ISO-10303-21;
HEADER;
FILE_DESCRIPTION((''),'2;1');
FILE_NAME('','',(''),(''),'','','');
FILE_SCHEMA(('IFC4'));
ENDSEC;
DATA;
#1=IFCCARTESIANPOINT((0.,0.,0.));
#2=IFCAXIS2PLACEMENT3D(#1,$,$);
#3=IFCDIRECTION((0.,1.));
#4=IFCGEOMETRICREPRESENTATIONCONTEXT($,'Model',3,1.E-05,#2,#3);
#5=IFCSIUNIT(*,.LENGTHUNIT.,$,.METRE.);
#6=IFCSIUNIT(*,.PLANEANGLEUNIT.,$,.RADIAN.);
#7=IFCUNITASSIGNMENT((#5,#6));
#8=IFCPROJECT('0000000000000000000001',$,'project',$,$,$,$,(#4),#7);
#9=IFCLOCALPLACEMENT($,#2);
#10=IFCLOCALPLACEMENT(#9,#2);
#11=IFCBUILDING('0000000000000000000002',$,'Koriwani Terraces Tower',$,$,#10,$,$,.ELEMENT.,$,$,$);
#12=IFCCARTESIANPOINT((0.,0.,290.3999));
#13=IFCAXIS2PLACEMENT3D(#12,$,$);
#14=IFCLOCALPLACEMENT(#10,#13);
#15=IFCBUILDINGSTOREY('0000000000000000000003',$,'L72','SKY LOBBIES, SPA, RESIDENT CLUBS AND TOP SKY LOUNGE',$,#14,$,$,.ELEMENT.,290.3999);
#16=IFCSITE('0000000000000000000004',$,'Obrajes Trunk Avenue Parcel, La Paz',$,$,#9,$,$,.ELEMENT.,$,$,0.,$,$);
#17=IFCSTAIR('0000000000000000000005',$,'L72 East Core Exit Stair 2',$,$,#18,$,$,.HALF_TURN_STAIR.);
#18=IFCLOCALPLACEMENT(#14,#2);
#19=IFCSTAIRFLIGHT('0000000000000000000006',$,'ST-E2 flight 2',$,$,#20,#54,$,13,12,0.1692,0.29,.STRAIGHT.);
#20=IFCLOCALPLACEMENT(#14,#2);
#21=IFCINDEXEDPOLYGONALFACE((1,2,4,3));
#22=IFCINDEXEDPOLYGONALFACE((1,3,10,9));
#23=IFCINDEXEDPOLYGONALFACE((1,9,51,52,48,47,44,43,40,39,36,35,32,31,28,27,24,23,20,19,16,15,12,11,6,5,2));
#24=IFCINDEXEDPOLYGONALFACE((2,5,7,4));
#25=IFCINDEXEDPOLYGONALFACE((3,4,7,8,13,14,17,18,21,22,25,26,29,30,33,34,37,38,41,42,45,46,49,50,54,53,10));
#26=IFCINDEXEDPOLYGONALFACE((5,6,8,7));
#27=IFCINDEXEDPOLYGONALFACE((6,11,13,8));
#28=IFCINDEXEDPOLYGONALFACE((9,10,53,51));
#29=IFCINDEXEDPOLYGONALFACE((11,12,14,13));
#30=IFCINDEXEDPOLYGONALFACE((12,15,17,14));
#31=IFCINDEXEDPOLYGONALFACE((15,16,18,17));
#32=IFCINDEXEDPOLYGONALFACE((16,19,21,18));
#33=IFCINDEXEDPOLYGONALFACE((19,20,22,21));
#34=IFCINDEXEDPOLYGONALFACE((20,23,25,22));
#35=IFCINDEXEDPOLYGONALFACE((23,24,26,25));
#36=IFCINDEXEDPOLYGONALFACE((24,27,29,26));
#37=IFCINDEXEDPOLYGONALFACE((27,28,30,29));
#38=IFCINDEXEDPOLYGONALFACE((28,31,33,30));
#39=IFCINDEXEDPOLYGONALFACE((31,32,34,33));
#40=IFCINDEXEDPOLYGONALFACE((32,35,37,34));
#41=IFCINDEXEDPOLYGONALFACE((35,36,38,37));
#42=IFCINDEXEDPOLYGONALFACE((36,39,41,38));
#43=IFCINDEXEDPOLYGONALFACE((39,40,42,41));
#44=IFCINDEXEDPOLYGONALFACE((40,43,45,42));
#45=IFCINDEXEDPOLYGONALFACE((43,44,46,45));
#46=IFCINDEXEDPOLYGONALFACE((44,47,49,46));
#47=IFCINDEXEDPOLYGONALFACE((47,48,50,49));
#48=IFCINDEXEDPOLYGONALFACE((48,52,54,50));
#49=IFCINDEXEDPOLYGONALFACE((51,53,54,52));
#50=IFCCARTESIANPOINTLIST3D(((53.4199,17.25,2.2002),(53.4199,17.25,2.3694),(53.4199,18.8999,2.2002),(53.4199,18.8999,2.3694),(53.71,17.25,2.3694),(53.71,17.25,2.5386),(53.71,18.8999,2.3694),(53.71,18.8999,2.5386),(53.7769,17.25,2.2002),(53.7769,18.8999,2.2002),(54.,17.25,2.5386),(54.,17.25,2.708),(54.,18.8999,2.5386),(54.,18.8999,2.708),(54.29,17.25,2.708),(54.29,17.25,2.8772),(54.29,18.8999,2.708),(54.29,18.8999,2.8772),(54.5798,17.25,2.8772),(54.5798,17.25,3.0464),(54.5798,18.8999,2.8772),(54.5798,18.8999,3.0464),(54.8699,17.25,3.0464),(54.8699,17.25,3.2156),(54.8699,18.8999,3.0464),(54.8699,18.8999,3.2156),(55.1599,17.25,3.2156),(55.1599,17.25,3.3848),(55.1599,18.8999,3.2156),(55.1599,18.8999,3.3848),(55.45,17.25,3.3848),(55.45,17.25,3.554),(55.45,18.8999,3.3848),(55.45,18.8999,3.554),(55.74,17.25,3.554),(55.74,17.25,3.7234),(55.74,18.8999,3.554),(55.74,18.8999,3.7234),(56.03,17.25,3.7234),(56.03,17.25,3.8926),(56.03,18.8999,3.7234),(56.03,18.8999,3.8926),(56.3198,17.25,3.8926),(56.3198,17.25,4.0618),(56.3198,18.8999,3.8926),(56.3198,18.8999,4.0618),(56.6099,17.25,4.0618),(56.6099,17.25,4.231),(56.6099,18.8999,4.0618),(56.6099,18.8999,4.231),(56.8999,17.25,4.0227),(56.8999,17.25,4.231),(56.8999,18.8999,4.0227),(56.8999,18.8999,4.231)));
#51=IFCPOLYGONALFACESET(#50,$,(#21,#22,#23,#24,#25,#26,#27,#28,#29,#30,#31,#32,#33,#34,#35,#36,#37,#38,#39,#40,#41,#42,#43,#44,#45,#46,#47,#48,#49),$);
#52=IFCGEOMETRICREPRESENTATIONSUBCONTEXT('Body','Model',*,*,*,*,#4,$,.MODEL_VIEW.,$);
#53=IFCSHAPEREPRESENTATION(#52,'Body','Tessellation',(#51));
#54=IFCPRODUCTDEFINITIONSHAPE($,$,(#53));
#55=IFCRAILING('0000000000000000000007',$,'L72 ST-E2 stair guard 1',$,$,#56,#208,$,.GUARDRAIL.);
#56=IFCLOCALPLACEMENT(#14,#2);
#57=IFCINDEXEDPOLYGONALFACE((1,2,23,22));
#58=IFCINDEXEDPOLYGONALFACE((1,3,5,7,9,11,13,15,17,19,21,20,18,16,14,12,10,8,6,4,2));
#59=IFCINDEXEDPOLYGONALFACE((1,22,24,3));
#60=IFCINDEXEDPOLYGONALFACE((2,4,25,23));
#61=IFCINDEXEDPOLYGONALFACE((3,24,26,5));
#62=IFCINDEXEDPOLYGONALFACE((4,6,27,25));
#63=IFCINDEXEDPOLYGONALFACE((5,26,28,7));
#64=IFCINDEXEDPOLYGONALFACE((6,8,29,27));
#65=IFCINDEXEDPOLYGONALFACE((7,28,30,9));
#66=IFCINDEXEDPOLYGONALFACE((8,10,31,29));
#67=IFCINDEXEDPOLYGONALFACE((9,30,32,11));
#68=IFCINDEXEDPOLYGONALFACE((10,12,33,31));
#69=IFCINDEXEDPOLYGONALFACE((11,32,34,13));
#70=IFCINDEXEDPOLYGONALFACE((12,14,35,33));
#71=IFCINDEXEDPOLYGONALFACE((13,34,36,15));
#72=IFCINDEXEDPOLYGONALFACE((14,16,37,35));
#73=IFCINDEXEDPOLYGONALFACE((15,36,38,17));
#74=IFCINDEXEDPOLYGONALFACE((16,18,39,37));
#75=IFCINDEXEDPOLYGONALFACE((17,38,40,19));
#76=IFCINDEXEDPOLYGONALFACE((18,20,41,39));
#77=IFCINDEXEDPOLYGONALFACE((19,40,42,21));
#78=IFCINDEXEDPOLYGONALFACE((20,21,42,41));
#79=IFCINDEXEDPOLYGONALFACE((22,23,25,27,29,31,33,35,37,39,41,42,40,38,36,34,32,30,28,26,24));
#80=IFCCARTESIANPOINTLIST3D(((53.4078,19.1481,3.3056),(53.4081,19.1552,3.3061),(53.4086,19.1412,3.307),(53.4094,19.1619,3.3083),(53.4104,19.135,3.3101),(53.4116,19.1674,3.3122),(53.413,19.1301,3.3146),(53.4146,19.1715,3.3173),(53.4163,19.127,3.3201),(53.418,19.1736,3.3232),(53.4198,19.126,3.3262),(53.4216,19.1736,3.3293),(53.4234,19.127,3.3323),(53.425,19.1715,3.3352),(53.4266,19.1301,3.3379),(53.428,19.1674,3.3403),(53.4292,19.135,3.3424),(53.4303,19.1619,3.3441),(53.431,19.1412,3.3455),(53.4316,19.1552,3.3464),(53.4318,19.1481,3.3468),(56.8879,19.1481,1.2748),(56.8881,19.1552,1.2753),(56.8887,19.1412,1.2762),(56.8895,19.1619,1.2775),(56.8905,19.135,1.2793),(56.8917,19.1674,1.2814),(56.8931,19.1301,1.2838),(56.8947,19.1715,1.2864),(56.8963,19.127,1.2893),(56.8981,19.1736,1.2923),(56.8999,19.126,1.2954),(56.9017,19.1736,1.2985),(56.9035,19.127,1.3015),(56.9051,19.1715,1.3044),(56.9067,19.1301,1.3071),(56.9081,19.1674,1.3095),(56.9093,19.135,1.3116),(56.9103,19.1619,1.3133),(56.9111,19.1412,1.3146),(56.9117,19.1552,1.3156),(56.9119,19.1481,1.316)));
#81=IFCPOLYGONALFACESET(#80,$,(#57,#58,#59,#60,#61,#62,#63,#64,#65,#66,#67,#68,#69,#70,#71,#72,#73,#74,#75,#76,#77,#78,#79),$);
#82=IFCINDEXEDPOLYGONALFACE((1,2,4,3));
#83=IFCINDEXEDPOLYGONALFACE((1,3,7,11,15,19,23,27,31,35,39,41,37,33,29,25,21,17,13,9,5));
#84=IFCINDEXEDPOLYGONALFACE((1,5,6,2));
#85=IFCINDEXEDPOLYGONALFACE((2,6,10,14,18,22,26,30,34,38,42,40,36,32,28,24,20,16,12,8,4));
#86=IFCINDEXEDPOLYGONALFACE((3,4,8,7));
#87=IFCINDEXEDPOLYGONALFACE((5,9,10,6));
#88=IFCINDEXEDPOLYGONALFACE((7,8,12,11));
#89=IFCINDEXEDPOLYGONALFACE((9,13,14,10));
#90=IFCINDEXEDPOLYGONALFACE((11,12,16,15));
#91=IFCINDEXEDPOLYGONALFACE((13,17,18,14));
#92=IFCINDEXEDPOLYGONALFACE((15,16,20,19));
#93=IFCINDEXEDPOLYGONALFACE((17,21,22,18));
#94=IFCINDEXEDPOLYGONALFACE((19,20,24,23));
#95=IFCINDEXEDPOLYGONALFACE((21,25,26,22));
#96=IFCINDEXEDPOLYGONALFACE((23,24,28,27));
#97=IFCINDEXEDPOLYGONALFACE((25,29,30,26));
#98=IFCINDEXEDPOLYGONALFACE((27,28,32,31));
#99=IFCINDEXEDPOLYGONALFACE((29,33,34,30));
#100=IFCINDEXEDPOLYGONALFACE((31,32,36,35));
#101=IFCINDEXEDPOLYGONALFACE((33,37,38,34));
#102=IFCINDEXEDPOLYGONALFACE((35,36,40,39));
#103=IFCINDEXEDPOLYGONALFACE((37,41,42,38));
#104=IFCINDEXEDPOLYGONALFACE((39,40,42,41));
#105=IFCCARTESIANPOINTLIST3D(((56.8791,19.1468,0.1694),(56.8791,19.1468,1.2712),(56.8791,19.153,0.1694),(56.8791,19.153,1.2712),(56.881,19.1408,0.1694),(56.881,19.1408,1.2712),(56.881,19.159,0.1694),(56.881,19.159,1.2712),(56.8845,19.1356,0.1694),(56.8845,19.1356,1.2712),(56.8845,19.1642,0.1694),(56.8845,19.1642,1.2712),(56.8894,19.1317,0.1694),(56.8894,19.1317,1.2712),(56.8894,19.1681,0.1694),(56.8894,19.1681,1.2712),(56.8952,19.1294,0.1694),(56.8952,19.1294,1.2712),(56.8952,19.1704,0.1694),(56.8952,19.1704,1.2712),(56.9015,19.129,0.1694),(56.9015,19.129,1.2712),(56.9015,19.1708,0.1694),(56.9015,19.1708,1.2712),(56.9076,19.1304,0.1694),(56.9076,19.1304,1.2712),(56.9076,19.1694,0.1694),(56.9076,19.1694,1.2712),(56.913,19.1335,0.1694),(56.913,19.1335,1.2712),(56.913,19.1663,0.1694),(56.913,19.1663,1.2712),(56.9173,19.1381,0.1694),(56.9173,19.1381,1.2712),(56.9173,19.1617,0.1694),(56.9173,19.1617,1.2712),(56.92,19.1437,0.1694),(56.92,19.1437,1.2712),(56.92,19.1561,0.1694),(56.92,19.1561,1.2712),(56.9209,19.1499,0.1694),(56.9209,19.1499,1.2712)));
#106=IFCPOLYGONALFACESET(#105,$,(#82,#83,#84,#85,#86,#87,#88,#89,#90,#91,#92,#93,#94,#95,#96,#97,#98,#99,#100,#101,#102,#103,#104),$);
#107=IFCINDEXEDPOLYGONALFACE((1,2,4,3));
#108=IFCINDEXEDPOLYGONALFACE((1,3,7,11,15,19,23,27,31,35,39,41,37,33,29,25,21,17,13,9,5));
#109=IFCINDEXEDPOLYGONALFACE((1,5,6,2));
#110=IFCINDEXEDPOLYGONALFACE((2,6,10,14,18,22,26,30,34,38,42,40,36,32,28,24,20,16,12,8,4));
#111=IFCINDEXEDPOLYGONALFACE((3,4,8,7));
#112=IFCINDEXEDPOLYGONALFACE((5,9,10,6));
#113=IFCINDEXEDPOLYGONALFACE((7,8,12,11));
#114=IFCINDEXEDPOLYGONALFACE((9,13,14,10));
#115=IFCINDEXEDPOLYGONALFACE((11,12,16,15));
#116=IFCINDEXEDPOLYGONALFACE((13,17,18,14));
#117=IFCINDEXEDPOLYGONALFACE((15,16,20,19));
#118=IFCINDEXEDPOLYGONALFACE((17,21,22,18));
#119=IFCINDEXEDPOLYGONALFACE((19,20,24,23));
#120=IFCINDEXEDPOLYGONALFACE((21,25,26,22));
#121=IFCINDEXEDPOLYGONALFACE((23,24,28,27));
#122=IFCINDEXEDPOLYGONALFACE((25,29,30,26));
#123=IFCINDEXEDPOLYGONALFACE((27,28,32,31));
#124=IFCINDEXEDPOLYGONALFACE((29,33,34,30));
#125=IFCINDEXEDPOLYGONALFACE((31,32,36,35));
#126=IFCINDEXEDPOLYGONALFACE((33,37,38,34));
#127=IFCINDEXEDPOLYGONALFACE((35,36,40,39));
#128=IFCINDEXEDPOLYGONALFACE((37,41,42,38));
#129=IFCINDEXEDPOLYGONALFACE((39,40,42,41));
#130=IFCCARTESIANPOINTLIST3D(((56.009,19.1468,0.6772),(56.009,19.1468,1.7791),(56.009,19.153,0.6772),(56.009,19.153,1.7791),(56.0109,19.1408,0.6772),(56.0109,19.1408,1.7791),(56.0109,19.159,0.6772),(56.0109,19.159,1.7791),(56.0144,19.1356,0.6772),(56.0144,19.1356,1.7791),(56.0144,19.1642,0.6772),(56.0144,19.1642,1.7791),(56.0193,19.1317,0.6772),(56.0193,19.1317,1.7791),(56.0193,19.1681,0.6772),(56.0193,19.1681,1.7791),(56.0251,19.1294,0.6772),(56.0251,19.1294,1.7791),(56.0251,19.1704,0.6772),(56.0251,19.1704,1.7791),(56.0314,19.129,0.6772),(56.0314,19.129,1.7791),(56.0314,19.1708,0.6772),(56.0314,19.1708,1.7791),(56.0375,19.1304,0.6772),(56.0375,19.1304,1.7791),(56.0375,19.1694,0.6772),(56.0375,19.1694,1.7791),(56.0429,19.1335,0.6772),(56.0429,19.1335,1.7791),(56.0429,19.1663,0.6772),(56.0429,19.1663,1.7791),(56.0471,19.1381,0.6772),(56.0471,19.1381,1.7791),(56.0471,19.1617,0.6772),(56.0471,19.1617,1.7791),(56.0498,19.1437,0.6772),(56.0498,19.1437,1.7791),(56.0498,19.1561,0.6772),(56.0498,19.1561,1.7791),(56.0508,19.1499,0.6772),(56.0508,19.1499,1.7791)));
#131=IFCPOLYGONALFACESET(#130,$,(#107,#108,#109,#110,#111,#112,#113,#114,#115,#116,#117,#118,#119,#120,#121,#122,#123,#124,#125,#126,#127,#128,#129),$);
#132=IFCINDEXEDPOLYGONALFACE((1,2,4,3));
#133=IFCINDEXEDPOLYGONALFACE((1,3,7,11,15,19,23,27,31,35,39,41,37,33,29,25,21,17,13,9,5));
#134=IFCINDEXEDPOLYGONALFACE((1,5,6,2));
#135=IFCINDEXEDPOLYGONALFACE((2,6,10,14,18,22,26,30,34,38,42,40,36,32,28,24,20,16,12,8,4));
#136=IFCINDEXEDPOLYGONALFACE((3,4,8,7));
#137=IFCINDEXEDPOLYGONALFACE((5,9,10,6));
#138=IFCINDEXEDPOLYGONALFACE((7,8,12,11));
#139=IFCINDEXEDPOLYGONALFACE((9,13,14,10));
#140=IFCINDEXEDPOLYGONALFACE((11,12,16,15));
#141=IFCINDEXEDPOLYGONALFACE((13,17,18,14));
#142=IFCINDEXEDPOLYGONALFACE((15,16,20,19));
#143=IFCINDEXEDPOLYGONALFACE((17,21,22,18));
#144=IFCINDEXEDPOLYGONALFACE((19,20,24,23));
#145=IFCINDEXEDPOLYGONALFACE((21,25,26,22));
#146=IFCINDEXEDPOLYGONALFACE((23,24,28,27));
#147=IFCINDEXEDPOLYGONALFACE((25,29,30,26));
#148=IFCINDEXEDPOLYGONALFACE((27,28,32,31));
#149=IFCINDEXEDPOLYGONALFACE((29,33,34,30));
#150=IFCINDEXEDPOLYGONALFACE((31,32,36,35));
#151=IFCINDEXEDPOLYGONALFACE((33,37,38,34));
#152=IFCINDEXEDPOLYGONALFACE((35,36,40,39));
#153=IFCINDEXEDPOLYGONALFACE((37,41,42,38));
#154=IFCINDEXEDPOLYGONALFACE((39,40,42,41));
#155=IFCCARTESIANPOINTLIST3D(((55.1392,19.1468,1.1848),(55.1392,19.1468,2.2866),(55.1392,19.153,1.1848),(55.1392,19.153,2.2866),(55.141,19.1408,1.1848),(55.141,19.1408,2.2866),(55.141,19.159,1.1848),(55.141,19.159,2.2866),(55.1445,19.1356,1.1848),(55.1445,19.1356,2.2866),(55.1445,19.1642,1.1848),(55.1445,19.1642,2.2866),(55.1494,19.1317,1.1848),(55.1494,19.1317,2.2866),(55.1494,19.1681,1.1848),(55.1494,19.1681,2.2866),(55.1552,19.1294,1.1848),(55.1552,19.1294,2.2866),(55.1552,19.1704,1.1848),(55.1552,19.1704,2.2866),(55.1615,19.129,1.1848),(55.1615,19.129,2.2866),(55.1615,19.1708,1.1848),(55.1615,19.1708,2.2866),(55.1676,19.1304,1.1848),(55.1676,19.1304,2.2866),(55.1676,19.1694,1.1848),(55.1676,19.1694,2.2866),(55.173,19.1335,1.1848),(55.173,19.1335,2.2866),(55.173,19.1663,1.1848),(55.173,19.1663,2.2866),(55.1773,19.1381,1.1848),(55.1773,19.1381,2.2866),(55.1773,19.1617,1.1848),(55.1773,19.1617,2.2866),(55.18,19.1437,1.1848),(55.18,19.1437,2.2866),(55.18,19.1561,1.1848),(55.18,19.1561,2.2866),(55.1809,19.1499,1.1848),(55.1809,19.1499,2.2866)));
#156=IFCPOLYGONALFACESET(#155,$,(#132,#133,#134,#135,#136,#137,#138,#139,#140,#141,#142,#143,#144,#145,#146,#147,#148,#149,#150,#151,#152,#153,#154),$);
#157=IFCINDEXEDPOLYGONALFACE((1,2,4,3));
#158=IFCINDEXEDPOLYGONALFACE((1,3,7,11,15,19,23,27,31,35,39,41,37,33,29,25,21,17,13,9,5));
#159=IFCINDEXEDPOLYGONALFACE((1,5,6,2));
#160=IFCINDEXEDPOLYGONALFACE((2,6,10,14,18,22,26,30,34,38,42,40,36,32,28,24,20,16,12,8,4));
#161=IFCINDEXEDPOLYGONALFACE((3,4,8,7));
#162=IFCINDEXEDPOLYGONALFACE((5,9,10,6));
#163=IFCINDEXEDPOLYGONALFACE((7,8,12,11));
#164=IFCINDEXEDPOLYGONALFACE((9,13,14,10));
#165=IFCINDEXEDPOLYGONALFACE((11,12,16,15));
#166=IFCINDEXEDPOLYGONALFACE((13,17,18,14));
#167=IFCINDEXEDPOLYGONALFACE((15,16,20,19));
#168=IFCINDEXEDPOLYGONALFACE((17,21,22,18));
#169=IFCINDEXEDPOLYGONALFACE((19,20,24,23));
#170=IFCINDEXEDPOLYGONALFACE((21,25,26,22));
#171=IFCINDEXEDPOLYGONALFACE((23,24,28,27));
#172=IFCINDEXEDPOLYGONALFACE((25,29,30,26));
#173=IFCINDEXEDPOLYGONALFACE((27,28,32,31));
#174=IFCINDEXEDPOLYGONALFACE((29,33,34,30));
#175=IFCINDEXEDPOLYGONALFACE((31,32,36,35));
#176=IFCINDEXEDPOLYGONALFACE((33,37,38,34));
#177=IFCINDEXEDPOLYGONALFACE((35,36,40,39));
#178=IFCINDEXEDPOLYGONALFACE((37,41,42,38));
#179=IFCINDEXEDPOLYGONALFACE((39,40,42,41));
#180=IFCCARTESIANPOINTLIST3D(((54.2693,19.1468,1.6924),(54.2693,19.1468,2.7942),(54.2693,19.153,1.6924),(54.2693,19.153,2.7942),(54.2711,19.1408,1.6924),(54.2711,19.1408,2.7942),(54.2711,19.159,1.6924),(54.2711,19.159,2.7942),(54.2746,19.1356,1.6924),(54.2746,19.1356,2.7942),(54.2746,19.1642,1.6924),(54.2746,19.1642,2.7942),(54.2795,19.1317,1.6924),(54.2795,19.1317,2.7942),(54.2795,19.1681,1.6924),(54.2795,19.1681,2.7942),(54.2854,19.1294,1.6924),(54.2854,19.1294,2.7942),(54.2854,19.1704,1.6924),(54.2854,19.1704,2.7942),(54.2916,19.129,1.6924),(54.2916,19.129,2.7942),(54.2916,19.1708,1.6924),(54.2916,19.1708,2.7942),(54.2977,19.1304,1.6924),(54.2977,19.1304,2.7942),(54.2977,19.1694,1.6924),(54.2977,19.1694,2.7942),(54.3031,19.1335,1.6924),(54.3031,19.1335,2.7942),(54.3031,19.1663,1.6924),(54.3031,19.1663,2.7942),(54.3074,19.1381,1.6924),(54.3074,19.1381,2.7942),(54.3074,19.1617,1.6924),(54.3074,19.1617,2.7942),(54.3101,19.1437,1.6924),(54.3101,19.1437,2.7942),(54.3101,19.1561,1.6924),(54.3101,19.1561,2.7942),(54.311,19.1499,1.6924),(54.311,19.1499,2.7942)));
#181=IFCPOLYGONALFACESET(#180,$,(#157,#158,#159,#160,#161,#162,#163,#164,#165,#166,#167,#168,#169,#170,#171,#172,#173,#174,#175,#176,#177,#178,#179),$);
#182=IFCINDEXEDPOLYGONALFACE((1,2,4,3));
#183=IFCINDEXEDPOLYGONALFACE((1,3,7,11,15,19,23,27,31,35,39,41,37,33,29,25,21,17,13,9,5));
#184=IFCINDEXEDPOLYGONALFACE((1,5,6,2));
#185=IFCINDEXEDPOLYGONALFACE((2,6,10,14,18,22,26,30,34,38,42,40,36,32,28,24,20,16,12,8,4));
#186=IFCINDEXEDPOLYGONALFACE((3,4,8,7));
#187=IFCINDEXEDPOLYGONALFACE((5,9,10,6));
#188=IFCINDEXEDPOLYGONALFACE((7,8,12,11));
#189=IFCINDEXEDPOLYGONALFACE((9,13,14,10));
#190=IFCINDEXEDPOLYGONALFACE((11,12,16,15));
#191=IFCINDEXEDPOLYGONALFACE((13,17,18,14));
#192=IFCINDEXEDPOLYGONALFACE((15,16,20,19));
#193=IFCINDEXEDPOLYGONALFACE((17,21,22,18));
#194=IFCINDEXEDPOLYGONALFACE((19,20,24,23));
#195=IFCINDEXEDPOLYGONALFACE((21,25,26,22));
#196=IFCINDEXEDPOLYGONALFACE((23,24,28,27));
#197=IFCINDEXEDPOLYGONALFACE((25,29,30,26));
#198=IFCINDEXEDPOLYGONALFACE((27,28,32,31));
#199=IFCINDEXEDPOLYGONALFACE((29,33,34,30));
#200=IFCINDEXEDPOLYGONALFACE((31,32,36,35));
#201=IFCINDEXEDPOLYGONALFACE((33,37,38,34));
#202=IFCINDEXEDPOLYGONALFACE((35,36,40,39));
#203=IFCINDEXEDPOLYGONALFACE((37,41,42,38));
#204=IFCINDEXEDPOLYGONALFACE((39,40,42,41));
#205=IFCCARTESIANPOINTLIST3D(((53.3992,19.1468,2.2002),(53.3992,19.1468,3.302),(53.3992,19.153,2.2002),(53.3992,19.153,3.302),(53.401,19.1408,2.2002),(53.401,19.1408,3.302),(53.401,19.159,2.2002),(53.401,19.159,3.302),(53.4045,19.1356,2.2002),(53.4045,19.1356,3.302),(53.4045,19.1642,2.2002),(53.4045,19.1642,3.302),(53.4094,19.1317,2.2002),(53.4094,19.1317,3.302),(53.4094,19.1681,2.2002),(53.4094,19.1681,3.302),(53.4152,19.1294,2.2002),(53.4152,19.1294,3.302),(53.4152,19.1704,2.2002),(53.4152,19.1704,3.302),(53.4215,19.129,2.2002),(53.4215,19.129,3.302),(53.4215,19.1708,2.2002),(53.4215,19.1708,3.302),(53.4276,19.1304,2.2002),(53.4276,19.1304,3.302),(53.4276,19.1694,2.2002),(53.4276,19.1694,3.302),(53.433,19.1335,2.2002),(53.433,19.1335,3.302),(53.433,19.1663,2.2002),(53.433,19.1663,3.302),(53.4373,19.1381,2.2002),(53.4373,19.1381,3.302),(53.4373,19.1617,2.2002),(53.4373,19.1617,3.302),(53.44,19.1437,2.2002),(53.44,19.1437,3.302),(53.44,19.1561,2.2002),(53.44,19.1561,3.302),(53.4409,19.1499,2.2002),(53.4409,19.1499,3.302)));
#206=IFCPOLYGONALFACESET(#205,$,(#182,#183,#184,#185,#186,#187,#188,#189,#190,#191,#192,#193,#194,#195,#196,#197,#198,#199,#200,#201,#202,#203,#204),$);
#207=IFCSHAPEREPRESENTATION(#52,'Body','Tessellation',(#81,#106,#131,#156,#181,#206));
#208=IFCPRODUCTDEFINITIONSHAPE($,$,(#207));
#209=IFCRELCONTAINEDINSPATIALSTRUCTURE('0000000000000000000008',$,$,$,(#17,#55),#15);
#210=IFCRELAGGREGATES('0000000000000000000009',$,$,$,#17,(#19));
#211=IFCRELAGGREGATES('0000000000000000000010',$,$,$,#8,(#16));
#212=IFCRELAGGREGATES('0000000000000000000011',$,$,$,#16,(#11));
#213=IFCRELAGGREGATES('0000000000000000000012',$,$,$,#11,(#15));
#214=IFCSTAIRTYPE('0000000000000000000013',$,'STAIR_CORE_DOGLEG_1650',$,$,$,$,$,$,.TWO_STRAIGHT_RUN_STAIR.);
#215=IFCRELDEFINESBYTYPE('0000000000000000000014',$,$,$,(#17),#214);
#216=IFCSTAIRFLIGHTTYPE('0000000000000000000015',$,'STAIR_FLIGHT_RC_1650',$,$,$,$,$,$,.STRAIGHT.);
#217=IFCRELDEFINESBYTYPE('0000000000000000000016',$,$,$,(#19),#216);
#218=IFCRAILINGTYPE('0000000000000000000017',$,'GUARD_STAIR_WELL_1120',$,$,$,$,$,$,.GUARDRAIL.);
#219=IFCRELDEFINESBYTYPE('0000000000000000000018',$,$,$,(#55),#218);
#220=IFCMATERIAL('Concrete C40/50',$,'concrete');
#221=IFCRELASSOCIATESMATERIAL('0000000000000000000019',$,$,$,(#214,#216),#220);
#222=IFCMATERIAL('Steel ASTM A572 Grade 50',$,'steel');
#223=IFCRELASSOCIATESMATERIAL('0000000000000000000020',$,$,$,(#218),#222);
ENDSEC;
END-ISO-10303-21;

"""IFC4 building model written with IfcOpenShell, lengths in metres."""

from ifc_helpers import new_model, si_unit, direction, frame, origin, origin_2d, place, context, subcontext, project, spatial, polyline, circle, outline, extrude, material, type_object, element, aggregate, save


model = new_model("IFC4")

# Units and contexts
model_context = context("Model", 3, precision=1e-05, world=origin(), true_north=direction((0.0, 1.0)))
body_context = subcontext(model_context, "Body", "Model", "MODEL_VIEW")
ifc_project = project(units=[si_unit("LENGTHUNIT", "METRE"), si_unit("PLANEANGLEUNIT", "RADIAN")], contexts=[model_context])

# Site, building, storey
site_placement = place(None, origin())
site = spatial("IfcSite", under=ifc_project, at=site_placement, Name="Obrajes Trunk Avenue Parcel, La Paz", CompositionType="ELEMENT", RefElevation=0.0)
building_placement = place(site_placement, origin())
building = spatial("IfcBuilding", under=site, at=building_placement, Name="Koriwani Terraces Tower", CompositionType="ELEMENT")
storey_placement = place(building_placement, frame((0.0, 0.0, 290.3999)))
storey = spatial("IfcBuildingStorey", under=building, at=storey_placement, Name="L72", Description="SKY LOBBIES, SPA, RESIDENT CLUBS AND TOP SKY LOUNGE", CompositionType="ELEMENT", Elevation=290.3999)

# Shared definitions
ifc_material_1 = material(Name="Concrete C40/50", Category="concrete")
ifc_material_2 = material(Name="Steel ASTM A572 Grade 50", Category="steel")

# Stair, stair flight
stair_type = type_object("IfcStairType", Name="STAIR_CORE_DOGLEG_1650", PredefinedType="TWO_STRAIGHT_RUN_STAIR", material=ifc_material_1)
stair_placement = place(storey_placement, origin())
stair = element("IfcStair", 1, at=stair_placement, inside=storey, type_object=stair_type, Name="L72 East Core Exit Stair 2", PredefinedType="HALF_TURN_STAIR")
stair_flight_type = type_object("IfcStairFlightType", Name="STAIR_FLIGHT_RC_1650", PredefinedType="STRAIGHT", material=ifc_material_1)
stair_flight_placement = place(storey_placement, frame((53.4199, 18.075, 2.2002), z_axis=(0.0, 0.0, 1.0), x_axis=(1.0, 0.0, 0.0)))
stair_flight = element("IfcStairFlight", 2, at=stair_flight_placement, type_object=stair_flight_type, Name="ST-E2 flight 2", NumberOfRisers=13, NumberOfTreads=12, PredefinedType="STRAIGHT", RiserHeight=0.1692, TreadLength=0.29, context=body_context, shape_type="SweptSolid", body=[
    extrude(outline(polyline([(0.0, 0.0), (0.0, 0.1692), (0.29, 0.1692), (0.29, 0.3384), (0.5801, 0.3384), (0.5801, 0.5078), (0.8701, 0.5078), (0.8701, 0.677), (1.1599, 0.677), (1.1599, 0.8462), (1.45, 0.8462), (1.45, 1.0154), (1.74, 1.0154), (1.74, 1.1846), (2.03, 1.1846), (2.03, 1.3538), (2.3201, 1.3538), (2.3201, 1.5232), (2.6101, 1.5232), (2.6101, 1.6924), (2.8999, 1.6924), (2.8999, 1.8616), (3.1899, 1.8616), (3.1899, 2.0308), (3.48, 2.0308), (3.48, 2.2), (3.48, 1.8225), (0.3569, 0.0), (0.0, 0.0)])), frame((0.0, 0.825, 0.0), z_axis=(0.0, -1.0, 0.0), x_axis=(1.0, 0.0, 0.0)), (0.0, 0.0, 1.0), 1.6499),
])
aggregate(stair, [stair_flight])

# Railing
railing_type_1 = type_object("IfcRailingType", Name="GUARD_STAIR_WELL_1120", PredefinedType="GUARDRAIL", material=ifc_material_2)
railing_1_placement = place(storey_placement, frame((56.8999, 19.1499, 0.1694)))
element("IfcRailing", 3, at=railing_1_placement, inside=storey, type_object=railing_type_1, Name="L72 ST-E2 stair guard 1", PredefinedType="GUARDRAIL", context=body_context, shape_type="SweptSolid", body=[
    extrude(circle(Radius=0.0239, at=origin_2d()), frame((0.0, 0.0, 1.126), z_axis=(-0.863695, 0.0, 0.504014), x_axis=(0.0, -1.0, 0.0)), (0.0, 0.0, 1.0), 4.0293),
    extrude(circle(Radius=0.021, at=origin_2d()), origin(), (0.0, 0.0, 1.0), 1.1018),
    extrude(circle(Radius=0.021, at=origin_2d()), frame((-0.8701, 0.0, 0.5078)), (0.0, 0.0, 1.0), 1.1018),
    extrude(circle(Radius=0.021, at=origin_2d()), frame((-1.74, 0.0, 1.0154)), (0.0, 0.0, 1.0), 1.1018),
    extrude(circle(Radius=0.021, at=origin_2d()), frame((-2.6099, 0.0, 1.5229)), (0.0, 0.0, 1.0), 1.1018),
    extrude(circle(Radius=0.021, at=origin_2d()), frame((-3.48, 0.0, 2.0308)), (0.0, 0.0, 1.0), 1.1018),
])

save(model, "model.ifc")
